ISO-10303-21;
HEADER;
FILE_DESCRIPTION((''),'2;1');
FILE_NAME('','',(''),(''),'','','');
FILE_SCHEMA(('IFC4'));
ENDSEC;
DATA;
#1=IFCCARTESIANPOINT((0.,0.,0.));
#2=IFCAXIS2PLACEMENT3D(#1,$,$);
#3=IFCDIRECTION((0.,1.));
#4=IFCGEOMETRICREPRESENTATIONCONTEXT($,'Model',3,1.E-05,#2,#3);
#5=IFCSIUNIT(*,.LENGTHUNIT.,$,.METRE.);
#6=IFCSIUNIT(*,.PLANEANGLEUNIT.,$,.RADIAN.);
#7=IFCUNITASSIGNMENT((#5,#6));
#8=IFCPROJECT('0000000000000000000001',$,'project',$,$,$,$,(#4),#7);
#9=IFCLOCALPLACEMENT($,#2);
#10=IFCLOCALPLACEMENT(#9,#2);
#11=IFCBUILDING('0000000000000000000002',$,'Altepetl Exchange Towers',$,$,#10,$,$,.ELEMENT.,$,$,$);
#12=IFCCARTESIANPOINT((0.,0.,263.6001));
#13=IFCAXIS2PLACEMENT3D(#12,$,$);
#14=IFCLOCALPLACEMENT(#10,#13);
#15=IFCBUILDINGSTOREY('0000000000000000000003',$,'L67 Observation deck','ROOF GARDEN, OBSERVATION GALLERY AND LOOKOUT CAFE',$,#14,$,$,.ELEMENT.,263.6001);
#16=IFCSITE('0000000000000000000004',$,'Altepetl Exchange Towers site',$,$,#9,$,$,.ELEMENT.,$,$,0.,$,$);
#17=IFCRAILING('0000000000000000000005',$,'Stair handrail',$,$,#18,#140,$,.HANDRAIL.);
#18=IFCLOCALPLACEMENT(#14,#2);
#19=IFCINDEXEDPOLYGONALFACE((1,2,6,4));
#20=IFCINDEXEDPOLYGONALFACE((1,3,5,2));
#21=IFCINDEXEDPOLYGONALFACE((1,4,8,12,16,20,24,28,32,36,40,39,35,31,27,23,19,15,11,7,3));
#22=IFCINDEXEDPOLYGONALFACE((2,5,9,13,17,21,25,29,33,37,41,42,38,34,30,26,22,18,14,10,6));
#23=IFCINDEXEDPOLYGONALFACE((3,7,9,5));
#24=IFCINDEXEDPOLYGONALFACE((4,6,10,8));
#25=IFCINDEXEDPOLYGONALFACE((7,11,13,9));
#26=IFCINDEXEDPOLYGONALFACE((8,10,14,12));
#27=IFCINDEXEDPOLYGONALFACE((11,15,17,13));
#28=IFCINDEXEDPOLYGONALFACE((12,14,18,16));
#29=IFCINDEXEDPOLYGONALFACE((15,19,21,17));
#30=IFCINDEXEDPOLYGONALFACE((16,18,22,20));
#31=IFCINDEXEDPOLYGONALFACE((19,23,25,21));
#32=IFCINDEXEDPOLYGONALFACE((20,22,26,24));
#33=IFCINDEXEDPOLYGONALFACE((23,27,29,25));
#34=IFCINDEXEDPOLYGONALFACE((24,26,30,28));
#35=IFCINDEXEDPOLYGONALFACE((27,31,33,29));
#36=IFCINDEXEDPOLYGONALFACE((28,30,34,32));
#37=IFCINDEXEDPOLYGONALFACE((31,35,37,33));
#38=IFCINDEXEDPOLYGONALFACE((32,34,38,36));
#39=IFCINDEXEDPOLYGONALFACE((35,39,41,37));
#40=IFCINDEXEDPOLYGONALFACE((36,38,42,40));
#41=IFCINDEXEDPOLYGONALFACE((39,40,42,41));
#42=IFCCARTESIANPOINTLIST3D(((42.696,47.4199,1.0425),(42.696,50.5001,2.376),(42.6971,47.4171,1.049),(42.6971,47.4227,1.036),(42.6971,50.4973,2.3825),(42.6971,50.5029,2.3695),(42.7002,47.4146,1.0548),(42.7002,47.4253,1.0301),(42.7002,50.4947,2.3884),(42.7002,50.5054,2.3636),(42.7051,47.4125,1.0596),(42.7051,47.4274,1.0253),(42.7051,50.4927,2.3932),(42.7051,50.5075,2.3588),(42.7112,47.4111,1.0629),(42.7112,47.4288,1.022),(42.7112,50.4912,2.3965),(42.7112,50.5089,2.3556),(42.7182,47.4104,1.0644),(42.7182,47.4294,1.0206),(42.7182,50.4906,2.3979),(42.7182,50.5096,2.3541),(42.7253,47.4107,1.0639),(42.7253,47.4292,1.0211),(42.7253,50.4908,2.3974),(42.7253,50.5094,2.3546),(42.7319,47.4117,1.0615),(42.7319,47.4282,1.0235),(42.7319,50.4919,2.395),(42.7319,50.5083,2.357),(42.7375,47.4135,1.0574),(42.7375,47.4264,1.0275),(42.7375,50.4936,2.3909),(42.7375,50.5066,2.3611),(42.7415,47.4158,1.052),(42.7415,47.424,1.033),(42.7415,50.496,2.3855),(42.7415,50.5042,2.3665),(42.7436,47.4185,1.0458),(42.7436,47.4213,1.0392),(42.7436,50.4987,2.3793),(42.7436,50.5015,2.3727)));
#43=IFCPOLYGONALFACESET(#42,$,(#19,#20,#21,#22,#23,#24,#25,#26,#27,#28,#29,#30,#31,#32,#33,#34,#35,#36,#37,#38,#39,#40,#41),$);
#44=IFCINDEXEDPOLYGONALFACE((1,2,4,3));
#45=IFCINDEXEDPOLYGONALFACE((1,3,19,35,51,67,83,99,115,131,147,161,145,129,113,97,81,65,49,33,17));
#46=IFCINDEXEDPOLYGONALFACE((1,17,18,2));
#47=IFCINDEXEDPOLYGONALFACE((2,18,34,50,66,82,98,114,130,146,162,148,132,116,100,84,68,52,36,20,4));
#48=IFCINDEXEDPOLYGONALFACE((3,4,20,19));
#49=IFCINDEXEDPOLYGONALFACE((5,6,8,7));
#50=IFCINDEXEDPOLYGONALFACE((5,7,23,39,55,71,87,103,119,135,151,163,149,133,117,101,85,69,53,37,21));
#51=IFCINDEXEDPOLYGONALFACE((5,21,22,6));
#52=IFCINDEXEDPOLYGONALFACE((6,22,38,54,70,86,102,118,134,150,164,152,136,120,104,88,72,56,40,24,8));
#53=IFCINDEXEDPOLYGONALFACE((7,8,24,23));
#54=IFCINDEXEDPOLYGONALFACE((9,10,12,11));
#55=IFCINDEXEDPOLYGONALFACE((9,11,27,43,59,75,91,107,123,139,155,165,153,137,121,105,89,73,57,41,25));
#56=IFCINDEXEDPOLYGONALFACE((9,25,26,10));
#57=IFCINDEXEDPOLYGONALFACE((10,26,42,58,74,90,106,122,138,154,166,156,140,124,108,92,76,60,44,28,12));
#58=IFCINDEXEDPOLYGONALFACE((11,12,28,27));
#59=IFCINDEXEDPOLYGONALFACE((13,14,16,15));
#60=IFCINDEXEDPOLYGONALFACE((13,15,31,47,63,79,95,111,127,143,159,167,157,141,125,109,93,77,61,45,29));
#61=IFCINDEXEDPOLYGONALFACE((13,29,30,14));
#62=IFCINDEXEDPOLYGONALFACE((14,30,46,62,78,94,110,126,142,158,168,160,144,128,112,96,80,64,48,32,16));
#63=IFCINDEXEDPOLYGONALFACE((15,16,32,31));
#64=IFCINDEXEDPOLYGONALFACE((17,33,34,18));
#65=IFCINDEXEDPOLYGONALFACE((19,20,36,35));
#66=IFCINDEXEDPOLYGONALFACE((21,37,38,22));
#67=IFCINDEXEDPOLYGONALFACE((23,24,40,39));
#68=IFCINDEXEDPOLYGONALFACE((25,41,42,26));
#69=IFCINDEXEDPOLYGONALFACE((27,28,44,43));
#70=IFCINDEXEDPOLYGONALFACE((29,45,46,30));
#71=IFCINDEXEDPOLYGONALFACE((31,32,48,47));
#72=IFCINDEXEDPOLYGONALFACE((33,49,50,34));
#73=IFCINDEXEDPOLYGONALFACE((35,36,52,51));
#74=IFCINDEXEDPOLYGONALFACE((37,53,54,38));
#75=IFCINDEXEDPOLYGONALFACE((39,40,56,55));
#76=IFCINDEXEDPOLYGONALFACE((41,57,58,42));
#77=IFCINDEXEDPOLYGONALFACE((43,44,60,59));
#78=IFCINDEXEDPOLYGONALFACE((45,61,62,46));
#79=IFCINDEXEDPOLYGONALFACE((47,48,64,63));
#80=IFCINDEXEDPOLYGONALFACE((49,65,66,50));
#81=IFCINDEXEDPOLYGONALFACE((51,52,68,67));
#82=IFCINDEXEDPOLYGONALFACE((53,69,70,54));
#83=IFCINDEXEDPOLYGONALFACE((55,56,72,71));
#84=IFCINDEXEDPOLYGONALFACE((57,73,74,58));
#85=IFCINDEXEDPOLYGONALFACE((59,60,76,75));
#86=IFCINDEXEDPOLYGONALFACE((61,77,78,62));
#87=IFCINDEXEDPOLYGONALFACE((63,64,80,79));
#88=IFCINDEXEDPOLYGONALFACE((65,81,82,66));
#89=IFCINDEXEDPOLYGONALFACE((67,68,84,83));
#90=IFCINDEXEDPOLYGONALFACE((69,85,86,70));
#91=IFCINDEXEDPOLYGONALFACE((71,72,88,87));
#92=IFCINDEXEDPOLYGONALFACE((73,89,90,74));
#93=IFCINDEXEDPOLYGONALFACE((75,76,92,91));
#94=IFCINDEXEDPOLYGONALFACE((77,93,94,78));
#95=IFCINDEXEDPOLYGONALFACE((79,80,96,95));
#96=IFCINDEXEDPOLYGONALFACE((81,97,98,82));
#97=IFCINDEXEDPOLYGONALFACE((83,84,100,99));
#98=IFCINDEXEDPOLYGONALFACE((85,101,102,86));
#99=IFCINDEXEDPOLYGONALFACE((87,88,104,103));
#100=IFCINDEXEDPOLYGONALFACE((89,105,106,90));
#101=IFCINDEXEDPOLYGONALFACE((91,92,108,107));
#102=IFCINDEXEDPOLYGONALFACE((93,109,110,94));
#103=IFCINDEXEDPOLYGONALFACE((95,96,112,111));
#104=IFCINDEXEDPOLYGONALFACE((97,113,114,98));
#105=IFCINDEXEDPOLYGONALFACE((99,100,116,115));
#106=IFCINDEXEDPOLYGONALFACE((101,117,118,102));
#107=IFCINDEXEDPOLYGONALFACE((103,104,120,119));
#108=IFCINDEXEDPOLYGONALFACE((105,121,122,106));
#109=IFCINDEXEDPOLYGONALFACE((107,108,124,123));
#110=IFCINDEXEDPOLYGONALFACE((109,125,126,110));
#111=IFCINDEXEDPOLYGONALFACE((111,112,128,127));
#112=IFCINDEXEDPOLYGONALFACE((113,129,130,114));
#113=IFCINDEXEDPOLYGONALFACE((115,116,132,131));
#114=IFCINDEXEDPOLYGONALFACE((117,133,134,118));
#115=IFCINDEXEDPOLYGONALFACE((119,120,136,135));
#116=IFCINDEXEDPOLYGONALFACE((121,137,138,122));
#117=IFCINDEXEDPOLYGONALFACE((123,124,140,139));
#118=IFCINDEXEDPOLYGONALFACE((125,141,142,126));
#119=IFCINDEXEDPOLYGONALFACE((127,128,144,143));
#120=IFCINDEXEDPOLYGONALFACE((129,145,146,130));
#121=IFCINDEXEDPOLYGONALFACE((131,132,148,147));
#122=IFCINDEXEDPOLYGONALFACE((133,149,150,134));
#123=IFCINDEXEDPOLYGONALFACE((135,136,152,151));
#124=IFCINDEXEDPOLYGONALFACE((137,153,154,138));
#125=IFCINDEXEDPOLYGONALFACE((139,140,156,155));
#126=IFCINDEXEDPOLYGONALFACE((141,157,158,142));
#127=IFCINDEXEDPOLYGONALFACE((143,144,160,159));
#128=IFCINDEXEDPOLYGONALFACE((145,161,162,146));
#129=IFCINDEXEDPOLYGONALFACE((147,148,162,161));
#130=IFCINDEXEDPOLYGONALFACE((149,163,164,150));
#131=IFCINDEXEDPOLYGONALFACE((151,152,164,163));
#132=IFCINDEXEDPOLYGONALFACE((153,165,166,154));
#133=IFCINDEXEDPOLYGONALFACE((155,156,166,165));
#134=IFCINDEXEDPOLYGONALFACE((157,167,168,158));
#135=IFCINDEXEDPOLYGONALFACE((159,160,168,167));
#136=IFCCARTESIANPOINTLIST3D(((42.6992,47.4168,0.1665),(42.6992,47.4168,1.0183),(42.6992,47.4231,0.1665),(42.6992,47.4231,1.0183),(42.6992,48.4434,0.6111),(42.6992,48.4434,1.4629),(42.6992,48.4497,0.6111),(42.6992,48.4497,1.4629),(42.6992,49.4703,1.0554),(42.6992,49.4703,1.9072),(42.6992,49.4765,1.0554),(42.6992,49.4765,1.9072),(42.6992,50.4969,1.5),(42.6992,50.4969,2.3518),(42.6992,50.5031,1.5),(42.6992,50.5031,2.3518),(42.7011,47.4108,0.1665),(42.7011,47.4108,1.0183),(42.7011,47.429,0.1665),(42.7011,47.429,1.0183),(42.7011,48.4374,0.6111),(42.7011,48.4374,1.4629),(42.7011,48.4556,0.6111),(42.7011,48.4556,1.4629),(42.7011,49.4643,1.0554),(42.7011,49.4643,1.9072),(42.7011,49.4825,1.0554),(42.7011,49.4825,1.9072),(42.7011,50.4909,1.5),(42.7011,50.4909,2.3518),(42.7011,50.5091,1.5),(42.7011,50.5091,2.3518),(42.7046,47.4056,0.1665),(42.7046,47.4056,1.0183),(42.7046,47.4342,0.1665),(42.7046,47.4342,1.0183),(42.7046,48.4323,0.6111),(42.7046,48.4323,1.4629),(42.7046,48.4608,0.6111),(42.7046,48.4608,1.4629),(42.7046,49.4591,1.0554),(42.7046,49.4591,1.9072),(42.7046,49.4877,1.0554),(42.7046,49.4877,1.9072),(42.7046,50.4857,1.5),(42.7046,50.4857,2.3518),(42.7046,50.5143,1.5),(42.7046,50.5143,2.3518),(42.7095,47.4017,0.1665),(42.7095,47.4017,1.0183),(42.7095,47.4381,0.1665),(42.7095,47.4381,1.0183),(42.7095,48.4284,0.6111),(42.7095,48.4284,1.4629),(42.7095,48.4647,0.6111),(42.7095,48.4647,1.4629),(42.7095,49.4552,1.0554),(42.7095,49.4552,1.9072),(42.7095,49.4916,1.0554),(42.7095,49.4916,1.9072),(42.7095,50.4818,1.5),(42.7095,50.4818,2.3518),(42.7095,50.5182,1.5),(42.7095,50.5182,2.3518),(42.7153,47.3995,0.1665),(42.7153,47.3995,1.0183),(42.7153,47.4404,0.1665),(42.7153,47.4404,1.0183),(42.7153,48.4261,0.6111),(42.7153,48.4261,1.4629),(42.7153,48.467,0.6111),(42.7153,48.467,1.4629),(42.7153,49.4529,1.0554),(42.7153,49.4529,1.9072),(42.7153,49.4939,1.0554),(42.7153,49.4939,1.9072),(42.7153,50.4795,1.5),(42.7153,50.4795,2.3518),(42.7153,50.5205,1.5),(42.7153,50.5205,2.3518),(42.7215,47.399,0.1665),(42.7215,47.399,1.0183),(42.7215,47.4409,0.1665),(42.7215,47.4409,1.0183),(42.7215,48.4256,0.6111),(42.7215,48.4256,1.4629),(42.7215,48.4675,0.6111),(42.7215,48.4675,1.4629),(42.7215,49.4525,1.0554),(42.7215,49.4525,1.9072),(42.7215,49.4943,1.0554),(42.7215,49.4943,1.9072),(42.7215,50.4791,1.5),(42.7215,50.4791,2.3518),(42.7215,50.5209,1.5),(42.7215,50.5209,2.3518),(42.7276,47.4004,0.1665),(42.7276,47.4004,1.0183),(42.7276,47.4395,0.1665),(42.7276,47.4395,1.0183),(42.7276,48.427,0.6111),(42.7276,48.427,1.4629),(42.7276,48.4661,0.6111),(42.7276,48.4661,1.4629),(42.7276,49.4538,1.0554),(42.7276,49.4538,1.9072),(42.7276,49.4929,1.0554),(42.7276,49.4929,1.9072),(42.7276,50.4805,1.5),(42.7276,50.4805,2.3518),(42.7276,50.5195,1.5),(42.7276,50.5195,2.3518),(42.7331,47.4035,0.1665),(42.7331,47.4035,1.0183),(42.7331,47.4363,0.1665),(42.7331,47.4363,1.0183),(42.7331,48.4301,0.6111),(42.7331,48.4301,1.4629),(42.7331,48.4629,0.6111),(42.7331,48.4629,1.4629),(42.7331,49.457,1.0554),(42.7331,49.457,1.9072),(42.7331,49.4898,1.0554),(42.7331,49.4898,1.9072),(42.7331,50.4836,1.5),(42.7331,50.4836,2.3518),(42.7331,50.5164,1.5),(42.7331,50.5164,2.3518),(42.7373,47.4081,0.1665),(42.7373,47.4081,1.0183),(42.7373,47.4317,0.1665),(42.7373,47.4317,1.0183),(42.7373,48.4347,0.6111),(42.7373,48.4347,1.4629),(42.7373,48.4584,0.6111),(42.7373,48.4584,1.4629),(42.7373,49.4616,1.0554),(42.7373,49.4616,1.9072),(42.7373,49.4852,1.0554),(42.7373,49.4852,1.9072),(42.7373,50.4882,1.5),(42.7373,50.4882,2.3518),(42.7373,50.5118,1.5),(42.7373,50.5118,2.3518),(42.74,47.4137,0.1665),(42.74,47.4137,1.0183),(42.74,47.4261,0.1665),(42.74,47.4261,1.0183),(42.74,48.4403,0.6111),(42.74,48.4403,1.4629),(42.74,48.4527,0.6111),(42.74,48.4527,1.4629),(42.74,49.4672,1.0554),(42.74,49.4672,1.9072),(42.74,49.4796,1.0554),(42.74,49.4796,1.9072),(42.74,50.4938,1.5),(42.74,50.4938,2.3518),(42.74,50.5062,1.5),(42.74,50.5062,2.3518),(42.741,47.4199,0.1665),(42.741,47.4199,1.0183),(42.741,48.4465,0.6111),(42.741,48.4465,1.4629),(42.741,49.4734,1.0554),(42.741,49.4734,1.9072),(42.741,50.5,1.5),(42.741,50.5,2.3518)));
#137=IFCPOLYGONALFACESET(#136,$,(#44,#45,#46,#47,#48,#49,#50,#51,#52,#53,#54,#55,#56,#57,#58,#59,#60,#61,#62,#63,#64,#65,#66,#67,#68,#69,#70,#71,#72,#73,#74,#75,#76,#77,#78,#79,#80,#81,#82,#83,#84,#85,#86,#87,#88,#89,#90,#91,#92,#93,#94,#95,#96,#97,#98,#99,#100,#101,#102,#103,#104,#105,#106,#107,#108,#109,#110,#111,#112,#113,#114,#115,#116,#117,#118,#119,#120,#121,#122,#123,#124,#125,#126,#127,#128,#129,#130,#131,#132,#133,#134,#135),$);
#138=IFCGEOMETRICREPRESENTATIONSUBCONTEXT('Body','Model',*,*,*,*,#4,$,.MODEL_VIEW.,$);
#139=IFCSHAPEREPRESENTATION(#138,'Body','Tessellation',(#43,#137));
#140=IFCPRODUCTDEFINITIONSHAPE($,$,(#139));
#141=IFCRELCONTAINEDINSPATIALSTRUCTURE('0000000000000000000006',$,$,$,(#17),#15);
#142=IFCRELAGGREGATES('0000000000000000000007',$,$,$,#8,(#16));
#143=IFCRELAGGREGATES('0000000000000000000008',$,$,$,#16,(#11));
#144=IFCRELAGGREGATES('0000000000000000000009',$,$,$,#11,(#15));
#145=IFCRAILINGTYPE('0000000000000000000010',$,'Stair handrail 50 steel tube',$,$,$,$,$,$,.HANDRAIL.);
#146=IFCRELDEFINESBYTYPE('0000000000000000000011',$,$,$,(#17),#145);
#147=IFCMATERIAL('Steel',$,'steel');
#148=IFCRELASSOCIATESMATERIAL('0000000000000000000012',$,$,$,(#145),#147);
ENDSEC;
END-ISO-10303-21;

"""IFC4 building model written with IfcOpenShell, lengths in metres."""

from ifc_helpers import new_model, si_unit, direction, frame, origin, origin_2d, place, context, subcontext, project, spatial, circle, extrude, source, transform, mapped, material, type_object, element, save


model = new_model("IFC4")

# Units and contexts
model_context = context("Model", 3, precision=1e-05, world=origin(), true_north=direction((0.0, 1.0)))
body_context = subcontext(model_context, "Body", "Model", "MODEL_VIEW")
ifc_project = project(units=[si_unit("LENGTHUNIT", "METRE"), si_unit("PLANEANGLEUNIT", "RADIAN")], contexts=[model_context])

# Site, building, storey
site_placement = place(None, origin())
site = spatial("IfcSite", under=ifc_project, at=site_placement, Name="Altepetl Exchange Towers site", CompositionType="ELEMENT", RefElevation=0.0)
building_placement = place(site_placement, origin())
building = spatial("IfcBuilding", under=site, at=building_placement, Name="Altepetl Exchange Towers", CompositionType="ELEMENT")
storey_placement = place(building_placement, frame((0.0, 0.0, 263.6001)))
storey = spatial("IfcBuildingStorey", under=building, at=storey_placement, Name="L67 Observation deck", Description="ROOF GARDEN, OBSERVATION GALLERY AND LOOKOUT CAFE", CompositionType="ELEMENT", Elevation=263.6001)

# Railing
ifc_material_1 = material(Name="Steel", Category="steel")
railing_type = type_object("IfcRailingType", Name="Stair handrail 50 steel tube", PredefinedType="HANDRAIL", material=ifc_material_1)
shared_shape = source(origin(), body_context, "Body", "SweptSolid", [
    extrude(circle(Radius=0.021, at=origin_2d()), origin(), (0.0, 0.0, 1.0), 0.8518),
])
for number, where, name in (
    (1, (42.72, 47.4199, 0.1665), "Stair handrail"),
):
    element("IfcRailing", number, at=place(storey_placement, frame(where)), inside=storey, type_object=railing_type, Name=name, PredefinedType="HANDRAIL", context=body_context, shape_type="SweptSolid", body=[
        extrude(circle(Radius=0.0239, at=origin_2d()), frame((0.0, 0.0, 0.876), z_axis=(0.0, 0.917686, 0.397305), x_axis=(-1.0, 0.0, 0.0)), (0.0, 0.0, 1.0), 3.3564),
        mapped(shared_shape, transform((0.0, 0.0, 0.0))),
        mapped(shared_shape, transform((0.0, 1.0266, 0.4446))),
        mapped(shared_shape, transform((0.0, 2.0535, 0.8889))),
        mapped(shared_shape, transform((0.0, 3.0801, 1.3335))),
    ])

save(model, "model.ifc")
